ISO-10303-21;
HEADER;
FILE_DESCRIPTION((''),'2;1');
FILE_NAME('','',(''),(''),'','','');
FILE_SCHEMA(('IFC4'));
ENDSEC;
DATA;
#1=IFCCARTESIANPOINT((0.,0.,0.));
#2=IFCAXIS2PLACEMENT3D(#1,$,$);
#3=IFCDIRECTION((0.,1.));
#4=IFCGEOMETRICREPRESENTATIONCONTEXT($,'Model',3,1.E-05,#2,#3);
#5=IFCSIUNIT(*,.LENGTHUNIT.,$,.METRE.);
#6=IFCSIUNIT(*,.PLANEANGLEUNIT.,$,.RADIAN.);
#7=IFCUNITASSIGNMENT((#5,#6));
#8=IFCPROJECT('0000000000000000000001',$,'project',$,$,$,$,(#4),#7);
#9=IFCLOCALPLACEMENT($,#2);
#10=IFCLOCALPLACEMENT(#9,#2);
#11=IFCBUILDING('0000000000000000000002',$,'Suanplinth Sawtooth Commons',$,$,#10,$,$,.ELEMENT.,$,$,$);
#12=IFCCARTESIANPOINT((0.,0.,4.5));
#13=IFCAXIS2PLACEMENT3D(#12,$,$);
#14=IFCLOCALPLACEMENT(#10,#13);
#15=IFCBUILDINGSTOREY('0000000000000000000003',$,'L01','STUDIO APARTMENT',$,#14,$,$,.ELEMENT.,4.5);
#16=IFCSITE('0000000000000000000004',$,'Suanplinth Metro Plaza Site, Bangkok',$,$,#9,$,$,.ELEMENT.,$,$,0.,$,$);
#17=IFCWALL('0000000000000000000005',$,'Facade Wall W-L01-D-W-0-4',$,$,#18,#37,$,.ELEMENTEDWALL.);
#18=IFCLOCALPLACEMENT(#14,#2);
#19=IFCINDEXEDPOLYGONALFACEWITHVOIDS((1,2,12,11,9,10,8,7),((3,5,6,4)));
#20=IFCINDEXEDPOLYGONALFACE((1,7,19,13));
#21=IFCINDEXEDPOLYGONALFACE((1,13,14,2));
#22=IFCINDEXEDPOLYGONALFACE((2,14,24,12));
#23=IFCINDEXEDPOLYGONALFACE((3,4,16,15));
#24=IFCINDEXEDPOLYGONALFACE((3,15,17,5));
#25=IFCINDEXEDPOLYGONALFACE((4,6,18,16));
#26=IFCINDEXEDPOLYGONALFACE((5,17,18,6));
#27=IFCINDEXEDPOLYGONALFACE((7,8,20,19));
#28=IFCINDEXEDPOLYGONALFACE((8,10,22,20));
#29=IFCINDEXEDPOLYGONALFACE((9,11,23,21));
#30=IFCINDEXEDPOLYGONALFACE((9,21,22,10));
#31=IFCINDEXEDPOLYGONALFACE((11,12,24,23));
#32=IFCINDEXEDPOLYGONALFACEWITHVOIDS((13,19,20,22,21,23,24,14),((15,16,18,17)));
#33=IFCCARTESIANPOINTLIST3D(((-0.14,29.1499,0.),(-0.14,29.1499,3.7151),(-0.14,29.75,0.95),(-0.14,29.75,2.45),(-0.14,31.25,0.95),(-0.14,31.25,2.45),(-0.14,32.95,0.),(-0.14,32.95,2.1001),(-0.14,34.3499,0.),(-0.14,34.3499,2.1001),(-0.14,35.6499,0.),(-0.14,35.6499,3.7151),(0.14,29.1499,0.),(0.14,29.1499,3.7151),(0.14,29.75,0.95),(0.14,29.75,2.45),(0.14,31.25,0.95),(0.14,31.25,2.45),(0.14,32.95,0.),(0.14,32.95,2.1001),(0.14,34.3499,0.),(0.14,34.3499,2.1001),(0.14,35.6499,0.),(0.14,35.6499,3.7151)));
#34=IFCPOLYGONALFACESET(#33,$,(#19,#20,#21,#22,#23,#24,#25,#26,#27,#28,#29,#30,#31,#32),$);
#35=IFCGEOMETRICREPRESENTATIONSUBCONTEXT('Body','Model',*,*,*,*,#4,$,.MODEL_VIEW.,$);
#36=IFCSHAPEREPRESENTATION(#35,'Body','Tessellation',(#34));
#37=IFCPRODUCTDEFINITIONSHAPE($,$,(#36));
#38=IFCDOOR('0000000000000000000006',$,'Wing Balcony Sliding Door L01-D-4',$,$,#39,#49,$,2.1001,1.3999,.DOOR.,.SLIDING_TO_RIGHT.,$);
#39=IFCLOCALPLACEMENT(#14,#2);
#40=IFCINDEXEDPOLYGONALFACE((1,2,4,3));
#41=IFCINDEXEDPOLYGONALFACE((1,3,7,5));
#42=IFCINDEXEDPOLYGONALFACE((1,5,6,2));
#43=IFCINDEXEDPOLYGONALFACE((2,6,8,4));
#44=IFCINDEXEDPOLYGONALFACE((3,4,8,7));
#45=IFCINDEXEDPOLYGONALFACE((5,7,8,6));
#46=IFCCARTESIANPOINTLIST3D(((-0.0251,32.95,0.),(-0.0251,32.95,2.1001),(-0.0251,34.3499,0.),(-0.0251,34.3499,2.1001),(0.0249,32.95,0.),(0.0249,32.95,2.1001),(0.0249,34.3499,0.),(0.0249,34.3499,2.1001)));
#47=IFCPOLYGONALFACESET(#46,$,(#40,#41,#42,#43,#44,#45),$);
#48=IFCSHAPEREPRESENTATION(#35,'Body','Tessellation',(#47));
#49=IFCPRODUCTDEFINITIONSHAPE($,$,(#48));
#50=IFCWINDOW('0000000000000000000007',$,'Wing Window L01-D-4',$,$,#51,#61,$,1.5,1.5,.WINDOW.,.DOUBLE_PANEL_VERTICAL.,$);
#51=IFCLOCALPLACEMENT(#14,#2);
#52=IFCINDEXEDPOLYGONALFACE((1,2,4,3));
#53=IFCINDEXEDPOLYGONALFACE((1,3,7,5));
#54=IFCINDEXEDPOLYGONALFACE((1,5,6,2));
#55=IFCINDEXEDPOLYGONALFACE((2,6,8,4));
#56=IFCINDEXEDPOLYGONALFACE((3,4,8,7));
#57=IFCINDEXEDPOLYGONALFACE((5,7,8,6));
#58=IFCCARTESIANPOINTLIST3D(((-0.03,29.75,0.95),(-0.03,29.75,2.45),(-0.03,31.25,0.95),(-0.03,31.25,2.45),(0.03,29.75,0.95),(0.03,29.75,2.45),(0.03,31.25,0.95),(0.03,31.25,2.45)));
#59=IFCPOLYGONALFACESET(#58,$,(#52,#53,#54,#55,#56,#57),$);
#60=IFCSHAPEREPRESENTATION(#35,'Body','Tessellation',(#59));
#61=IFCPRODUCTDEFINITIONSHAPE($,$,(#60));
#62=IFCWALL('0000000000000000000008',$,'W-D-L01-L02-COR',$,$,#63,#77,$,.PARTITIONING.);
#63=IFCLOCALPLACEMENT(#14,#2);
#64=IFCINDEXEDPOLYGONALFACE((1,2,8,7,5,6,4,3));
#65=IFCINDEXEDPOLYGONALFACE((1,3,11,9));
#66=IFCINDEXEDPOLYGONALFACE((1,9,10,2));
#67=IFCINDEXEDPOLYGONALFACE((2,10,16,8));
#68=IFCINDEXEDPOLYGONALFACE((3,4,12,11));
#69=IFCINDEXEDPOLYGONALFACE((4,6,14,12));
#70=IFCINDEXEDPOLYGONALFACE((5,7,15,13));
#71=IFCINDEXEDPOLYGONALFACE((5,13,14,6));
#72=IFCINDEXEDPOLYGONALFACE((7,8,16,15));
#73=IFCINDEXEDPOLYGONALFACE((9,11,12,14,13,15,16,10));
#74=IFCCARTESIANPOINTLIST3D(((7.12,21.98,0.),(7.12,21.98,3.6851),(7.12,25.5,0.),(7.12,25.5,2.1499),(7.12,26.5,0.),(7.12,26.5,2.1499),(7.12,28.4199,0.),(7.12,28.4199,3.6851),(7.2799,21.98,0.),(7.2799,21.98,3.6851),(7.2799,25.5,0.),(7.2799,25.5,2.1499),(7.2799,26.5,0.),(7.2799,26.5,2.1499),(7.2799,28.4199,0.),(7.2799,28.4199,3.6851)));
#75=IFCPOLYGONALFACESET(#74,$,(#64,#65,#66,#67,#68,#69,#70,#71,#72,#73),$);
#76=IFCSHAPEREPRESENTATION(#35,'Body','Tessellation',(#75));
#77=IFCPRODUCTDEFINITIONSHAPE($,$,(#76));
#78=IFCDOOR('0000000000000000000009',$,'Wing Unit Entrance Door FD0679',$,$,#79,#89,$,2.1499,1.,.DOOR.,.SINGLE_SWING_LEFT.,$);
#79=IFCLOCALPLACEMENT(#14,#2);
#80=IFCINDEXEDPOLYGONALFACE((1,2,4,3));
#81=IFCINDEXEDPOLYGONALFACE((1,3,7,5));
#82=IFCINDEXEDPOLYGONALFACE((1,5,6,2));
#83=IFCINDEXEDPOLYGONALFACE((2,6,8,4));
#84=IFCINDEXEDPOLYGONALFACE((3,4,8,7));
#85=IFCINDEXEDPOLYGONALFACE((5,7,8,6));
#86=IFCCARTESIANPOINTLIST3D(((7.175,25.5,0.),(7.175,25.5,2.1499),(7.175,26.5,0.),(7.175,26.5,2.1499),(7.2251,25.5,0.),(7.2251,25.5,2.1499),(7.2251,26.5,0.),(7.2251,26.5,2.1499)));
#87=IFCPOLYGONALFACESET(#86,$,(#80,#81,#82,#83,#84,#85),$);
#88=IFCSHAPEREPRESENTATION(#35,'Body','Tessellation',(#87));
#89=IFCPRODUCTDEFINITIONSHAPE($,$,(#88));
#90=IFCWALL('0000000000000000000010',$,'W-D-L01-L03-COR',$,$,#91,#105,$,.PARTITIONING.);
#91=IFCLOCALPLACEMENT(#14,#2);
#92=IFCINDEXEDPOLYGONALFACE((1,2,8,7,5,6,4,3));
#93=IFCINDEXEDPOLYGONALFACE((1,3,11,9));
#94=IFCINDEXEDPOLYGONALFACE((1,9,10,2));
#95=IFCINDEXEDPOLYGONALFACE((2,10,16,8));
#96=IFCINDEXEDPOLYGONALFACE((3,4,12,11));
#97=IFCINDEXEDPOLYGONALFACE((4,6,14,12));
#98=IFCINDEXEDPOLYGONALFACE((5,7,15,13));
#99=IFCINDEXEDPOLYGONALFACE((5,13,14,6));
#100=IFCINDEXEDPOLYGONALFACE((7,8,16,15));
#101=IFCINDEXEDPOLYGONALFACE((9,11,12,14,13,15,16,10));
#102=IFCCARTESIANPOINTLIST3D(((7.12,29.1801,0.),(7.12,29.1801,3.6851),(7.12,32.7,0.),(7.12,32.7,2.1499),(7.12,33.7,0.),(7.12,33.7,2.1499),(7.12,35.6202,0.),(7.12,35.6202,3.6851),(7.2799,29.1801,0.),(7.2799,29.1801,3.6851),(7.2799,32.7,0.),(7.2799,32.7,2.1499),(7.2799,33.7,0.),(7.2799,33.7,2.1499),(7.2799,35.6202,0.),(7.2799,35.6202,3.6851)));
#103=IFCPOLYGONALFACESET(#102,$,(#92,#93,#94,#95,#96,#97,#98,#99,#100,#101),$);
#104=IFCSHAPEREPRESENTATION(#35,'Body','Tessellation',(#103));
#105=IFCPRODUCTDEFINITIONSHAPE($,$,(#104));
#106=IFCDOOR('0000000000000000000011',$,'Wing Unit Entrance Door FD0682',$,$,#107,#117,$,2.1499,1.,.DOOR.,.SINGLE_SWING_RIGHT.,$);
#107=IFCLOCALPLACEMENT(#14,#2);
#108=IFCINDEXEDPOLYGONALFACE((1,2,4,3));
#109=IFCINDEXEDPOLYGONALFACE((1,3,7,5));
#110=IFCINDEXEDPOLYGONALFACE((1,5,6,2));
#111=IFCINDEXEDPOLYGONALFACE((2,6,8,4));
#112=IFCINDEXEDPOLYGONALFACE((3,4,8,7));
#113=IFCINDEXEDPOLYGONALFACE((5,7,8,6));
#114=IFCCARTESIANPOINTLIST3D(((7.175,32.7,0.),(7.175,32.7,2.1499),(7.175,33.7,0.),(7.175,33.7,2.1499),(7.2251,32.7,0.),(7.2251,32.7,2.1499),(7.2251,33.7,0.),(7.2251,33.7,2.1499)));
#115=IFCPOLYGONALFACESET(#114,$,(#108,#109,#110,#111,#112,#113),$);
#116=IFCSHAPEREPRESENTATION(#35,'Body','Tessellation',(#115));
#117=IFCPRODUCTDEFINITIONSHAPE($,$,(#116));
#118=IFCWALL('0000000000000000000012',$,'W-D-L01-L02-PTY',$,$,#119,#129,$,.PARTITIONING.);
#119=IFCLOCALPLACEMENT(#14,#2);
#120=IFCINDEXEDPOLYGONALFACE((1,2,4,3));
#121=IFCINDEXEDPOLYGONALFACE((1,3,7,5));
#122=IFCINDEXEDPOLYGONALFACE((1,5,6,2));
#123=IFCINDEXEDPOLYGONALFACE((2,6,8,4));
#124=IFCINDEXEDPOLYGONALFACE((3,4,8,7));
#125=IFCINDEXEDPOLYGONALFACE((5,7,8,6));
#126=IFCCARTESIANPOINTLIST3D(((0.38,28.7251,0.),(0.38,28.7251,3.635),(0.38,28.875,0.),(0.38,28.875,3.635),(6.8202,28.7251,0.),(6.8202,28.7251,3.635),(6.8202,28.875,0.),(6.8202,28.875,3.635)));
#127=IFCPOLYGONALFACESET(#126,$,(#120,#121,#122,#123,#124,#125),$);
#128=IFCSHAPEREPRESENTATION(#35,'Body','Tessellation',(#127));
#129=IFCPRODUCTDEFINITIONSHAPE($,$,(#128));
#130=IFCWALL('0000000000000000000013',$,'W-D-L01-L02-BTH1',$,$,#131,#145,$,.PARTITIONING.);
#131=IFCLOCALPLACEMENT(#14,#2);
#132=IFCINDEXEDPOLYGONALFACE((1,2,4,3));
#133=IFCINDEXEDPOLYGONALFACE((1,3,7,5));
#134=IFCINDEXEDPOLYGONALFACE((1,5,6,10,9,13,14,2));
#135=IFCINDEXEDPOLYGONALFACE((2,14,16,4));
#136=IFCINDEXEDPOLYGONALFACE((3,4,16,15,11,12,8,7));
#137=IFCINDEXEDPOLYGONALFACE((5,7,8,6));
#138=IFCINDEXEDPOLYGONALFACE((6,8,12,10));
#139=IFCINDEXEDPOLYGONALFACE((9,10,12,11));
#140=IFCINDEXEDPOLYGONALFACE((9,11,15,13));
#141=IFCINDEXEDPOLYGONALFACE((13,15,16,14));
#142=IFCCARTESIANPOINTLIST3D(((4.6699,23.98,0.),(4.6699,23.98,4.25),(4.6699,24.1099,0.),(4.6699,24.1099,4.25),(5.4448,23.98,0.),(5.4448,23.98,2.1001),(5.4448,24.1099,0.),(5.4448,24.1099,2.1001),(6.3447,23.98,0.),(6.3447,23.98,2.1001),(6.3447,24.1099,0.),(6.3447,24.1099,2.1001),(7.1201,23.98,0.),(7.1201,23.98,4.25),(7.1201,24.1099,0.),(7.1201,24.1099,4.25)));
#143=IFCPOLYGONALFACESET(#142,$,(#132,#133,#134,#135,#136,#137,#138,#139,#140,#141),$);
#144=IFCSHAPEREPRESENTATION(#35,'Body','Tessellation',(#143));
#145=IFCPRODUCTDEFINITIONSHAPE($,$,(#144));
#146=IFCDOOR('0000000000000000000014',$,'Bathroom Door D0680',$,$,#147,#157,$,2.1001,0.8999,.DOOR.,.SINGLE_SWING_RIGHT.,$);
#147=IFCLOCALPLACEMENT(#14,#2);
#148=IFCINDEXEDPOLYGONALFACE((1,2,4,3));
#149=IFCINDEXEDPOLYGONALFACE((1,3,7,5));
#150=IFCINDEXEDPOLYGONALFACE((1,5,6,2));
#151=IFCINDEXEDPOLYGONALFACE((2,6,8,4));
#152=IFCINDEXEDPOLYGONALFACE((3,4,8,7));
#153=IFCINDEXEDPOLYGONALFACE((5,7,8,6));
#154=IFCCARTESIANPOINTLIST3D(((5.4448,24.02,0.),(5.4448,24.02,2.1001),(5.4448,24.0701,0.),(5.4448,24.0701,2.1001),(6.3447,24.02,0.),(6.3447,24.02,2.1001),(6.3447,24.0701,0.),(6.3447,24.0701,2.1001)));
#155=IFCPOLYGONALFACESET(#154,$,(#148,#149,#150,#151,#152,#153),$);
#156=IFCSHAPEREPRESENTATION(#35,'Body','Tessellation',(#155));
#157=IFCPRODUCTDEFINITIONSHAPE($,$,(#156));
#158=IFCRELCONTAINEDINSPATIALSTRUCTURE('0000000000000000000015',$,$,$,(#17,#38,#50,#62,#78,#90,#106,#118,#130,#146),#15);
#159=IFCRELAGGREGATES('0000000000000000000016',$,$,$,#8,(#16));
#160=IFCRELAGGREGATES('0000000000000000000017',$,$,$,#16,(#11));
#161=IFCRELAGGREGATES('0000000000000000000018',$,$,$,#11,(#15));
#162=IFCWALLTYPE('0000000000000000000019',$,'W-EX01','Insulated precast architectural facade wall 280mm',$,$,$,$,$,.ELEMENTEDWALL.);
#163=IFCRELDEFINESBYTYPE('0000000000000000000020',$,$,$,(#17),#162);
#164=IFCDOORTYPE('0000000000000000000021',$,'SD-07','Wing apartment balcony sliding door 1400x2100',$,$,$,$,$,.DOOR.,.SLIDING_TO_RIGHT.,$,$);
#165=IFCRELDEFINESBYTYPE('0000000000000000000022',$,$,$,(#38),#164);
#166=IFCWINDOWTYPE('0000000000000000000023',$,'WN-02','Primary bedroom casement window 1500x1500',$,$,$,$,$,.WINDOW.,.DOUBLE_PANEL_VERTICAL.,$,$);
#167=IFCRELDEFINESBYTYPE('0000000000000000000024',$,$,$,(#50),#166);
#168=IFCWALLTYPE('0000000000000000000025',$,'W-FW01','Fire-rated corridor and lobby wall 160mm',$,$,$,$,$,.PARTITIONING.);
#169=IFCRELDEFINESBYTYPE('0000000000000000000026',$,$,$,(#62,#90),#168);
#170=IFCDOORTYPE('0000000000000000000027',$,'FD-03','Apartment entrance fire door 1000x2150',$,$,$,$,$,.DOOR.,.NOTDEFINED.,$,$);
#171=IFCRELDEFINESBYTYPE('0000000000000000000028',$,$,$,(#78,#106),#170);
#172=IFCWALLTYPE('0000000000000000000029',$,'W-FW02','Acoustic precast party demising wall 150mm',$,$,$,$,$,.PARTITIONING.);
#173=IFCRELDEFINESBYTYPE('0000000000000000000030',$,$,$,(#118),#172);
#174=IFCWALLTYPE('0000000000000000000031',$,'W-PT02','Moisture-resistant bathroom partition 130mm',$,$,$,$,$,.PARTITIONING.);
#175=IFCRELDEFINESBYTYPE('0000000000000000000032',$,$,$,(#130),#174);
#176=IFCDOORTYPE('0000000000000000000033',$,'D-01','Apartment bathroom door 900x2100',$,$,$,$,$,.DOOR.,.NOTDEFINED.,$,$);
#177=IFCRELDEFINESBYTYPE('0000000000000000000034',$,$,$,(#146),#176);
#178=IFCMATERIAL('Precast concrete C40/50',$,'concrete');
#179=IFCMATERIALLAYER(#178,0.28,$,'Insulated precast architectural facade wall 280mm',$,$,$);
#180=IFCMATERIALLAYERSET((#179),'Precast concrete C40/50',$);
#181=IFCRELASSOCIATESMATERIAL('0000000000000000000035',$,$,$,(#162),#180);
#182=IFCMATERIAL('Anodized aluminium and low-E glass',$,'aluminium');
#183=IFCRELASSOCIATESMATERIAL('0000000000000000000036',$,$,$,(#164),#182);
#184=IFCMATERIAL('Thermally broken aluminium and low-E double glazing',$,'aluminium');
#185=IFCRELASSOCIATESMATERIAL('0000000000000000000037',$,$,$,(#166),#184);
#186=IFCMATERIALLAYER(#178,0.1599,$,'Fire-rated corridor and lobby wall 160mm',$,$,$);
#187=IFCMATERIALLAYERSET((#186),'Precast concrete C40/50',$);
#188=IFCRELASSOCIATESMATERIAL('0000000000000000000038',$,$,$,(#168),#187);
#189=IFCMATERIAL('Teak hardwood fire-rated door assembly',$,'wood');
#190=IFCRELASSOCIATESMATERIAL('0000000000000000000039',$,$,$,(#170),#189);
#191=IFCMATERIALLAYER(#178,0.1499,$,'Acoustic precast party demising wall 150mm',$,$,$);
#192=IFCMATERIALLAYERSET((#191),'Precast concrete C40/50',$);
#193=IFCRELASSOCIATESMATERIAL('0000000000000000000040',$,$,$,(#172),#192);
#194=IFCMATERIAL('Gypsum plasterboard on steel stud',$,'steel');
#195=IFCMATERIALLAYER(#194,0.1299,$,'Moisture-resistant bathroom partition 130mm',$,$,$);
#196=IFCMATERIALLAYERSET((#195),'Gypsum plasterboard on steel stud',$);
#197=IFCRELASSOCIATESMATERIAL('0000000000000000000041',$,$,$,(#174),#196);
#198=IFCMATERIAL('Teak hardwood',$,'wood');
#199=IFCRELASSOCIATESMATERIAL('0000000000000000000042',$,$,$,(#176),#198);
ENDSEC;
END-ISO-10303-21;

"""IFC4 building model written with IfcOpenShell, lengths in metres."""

from ifc_helpers import new_model, si_unit, direction, frame, frame_2d, origin, place, context, subcontext, project, spatial, rectangle, extrude, material, layer, layer_set, type_object, element, fill, save


model = new_model("IFC4")

# Units and contexts
model_context = context("Model", 3, precision=1e-05, world=origin(), true_north=direction((0.0, 1.0)))
body_context = subcontext(model_context, "Body", "Model", "MODEL_VIEW")
ifc_project = project(units=[si_unit("LENGTHUNIT", "METRE"), si_unit("PLANEANGLEUNIT", "RADIAN")], contexts=[model_context])

# Site, building, storey
site_placement = place(None, origin())
site = spatial("IfcSite", under=ifc_project, at=site_placement, Name="Suanplinth Metro Plaza Site, Bangkok", CompositionType="ELEMENT", RefElevation=0.0)
building_placement = place(site_placement, origin())
building = spatial("IfcBuilding", under=site, at=building_placement, Name="Suanplinth Sawtooth Commons", CompositionType="ELEMENT")
storey_placement = place(building_placement, frame((0.0, 0.0, 4.5)))
storey = spatial("IfcBuildingStorey", under=building, at=storey_placement, Name="L01", Description="STUDIO APARTMENT", CompositionType="ELEMENT", Elevation=4.5)

# Shared definitions
ifc_material_1 = material(Name="Precast concrete C40/50", Category="concrete")

# Wall, openings, door, window
ifc_layer_1 = layer(ifc_material_1, 0.28, Name="Insulated precast architectural facade wall 280mm")
ifc_layer_set_1 = layer_set([ifc_layer_1], Name="Precast concrete C40/50")
wall_type_1 = type_object("IfcWallType", Name="W-EX01", Description="Insulated precast architectural facade wall 280mm", PredefinedType="ELEMENTEDWALL", material=ifc_layer_set_1)
ifc_material_2 = material(Name="Anodized aluminium and low-E glass", Category="aluminium")
door_type_1 = type_object("IfcDoorType", Name="SD-07", Description="Wing apartment balcony sliding door 1400x2100", OperationType="SLIDING_TO_RIGHT", PredefinedType="DOOR", material=ifc_material_2)
ifc_material_3 = material(Name="Thermally broken aluminium and low-E double glazing", Category="aluminium")
window_type = type_object("IfcWindowType", Name="WN-02", Description="Primary bedroom casement window 1500x1500", PartitioningType="DOUBLE_PANEL_VERTICAL", PredefinedType="WINDOW", material=ifc_material_3)
wall_1_placement = place(storey_placement, frame((0.0, 29.1499, 0.0), z_axis=(0.0, 0.0, 1.0), x_axis=(0.0, 1.0, 0.0)))
wall_1 = element("IfcWall", 1, at=wall_1_placement, inside=storey, type_object=wall_type_1, Name="Facade Wall W-L01-D-W-0-4", PredefinedType="ELEMENTEDWALL", context=body_context, shape_type="SweptSolid", body=[
    extrude(rectangle(XDim=6.5, YDim=0.28, at=frame_2d((3.25, 0.0))), origin(), (0.0, 0.0, 1.0), 3.7151),
])
opening_1_placement = place(wall_1_placement, frame((3.8, 0.0, 0.0)))
opening_1 = element("IfcOpeningElement", 2, at=opening_1_placement, cuts=wall_1, PredefinedType="OPENING", context=body_context, shape_type="SweptSolid", body=[
    extrude(rectangle(XDim=1.3999, YDim=2.1001, at=frame_2d((0.7, 1.05))), frame((0.0, 0.1548, 0.0), z_axis=(0.0, -1.0, 0.0), x_axis=(1.0, 0.0, 0.0)), (0.0, 0.0, 1.0), 0.3098),
])
opening_2_placement = place(wall_1_placement, frame((0.6001, 0.0, 0.95)))
opening_2 = element("IfcOpeningElement", 3, at=opening_2_placement, cuts=wall_1, PredefinedType="OPENING", context=body_context, shape_type="SweptSolid", body=[
    extrude(rectangle(XDim=1.5, YDim=1.5, at=frame_2d((0.75, 0.75))), frame((0.0, 0.1548, 0.0), z_axis=(0.0, -1.0, 0.0), x_axis=(1.0, 0.0, 0.0)), (0.0, 0.0, 1.0), 0.3098),
])
door_1_placement = place(opening_1_placement, frame((1.3999, 0.0, 0.0), z_axis=(0.0, 0.0, 1.0), x_axis=(-1.0, 0.0, 0.0)))
door_1 = element("IfcDoor", 4, at=door_1_placement, inside=storey, type_object=door_type_1, Name="Wing Balcony Sliding Door L01-D-4", OperationType="SLIDING_TO_RIGHT", OverallHeight=2.1001, OverallWidth=1.3999, PredefinedType="DOOR", context=body_context, shape_type="SweptSolid", body=[
    extrude(rectangle(XDim=1.3999, YDim=2.1001, at=frame_2d((0.7, 1.05))), frame((0.0, 0.0249, 0.0), z_axis=(0.0, -1.0, 0.0), x_axis=(1.0, 0.0, 0.0)), (0.0, 0.0, 1.0), 0.05),
])
fill(opening_1, door_1)
window_1_placement = place(opening_2_placement, origin())
window_1 = element("IfcWindow", 5, at=window_1_placement, inside=storey, type_object=window_type, Name="Wing Window L01-D-4", OverallHeight=1.5, OverallWidth=1.5, PartitioningType="DOUBLE_PANEL_VERTICAL", PredefinedType="WINDOW", context=body_context, shape_type="SweptSolid", body=[
    extrude(rectangle(XDim=1.5, YDim=1.5, at=frame_2d((0.75, 0.75))), frame((0.0, 0.03, 0.0), z_axis=(0.0, -1.0, 0.0), x_axis=(1.0, 0.0, 0.0)), (0.0, 0.0, 1.0), 0.0601),
])
fill(opening_2, window_1)

# Walls, openings, doors
ifc_layer_2 = layer(ifc_material_1, 0.1599, Name="Fire-rated corridor and lobby wall 160mm")
ifc_layer_set_2 = layer_set([ifc_layer_2], Name="Precast concrete C40/50")
wall_type_2 = type_object("IfcWallType", Name="W-FW01", Description="Fire-rated corridor and lobby wall 160mm", PredefinedType="PARTITIONING", material=ifc_layer_set_2)
wall_2_placement = place(storey_placement, frame((7.2, 21.98, 0.0), z_axis=(0.0, 0.0, 1.0), x_axis=(0.0, 1.0, 0.0)))
wall_2 = element("IfcWall", 6, at=wall_2_placement, inside=storey, type_object=wall_type_2, Name="W-D-L01-L02-COR", PredefinedType="PARTITIONING", context=body_context, shape_type="SweptSolid", body=[
    extrude(rectangle(XDim=6.4399, YDim=0.1599, at=frame_2d((3.22, 0.0))), origin(), (0.0, 0.0, 1.0), 3.6851),
])
opening_3_placement = place(wall_2_placement, frame((3.52, 0.0, 0.0)))
opening_3 = element("IfcOpeningElement", 7, at=opening_3_placement, cuts=wall_2, PredefinedType="OPENING", context=body_context, shape_type="SweptSolid", body=[
    extrude(rectangle(XDim=1.0, YDim=2.1499, at=frame_2d((0.5, 1.075))), frame((0.0, 0.0947, 0.0), z_axis=(0.0, -1.0, 0.0), x_axis=(1.0, 0.0, 0.0)), (0.0, 0.0, 1.0), 0.1897),
])
ifc_material_4 = material(Name="Teak hardwood fire-rated door assembly", Category="wood")
door_type_2 = type_object("IfcDoorType", Name="FD-03", Description="Apartment entrance fire door 1000x2150", OperationType="NOTDEFINED", PredefinedType="DOOR", material=ifc_material_4)
door_2_placement = place(opening_3_placement, origin())
door_2 = element("IfcDoor", 8, at=door_2_placement, inside=storey, type_object=door_type_2, Name="Wing Unit Entrance Door FD0679", OperationType="SINGLE_SWING_LEFT", OverallHeight=2.1499, OverallWidth=1.0, PredefinedType="DOOR", context=body_context, shape_type="SweptSolid", body=[
    extrude(rectangle(XDim=1.0, YDim=2.1499, at=frame_2d((0.5, 1.075))), frame((0.0, 0.0249, 0.0), z_axis=(0.0, -1.0, 0.0), x_axis=(1.0, 0.0, 0.0)), (0.0, 0.0, 1.0), 0.05),
])
fill(opening_3, door_2)
wall_3_placement = place(storey_placement, frame((7.2, 29.1799, 0.0), z_axis=(0.0, 0.0, 1.0), x_axis=(0.0, 1.0, 0.0)))
wall_3 = element("IfcWall", 9, at=wall_3_placement, inside=storey, type_object=wall_type_2, Name="W-D-L01-L03-COR", PredefinedType="PARTITIONING", context=body_context, shape_type="SweptSolid", body=[
    extrude(rectangle(XDim=6.4402, YDim=0.1599, at=frame_2d((3.2202, 0.0))), origin(), (0.0, 0.0, 1.0), 3.6851),
])
opening_4_placement = place(wall_3_placement, frame((3.52, 0.0, 0.0)))
opening_4 = element("IfcOpeningElement", 10, at=opening_4_placement, cuts=wall_3, PredefinedType="OPENING", context=body_context, shape_type="SweptSolid", body=[
    extrude(rectangle(XDim=1.0, YDim=2.1499, at=frame_2d((0.5, 1.075))), frame((0.0, 0.0947, 0.0), z_axis=(0.0, -1.0, 0.0), x_axis=(1.0, 0.0, 0.0)), (0.0, 0.0, 1.0), 0.1897),
])
door_3_placement = place(opening_4_placement, origin())
door_3 = element("IfcDoor", 11, at=door_3_placement, inside=storey, type_object=door_type_2, Name="Wing Unit Entrance Door FD0682", OperationType="SINGLE_SWING_RIGHT", OverallHeight=2.1499, OverallWidth=1.0, PredefinedType="DOOR", context=body_context, shape_type="SweptSolid", body=[
    extrude(rectangle(XDim=1.0, YDim=2.1499, at=frame_2d((0.5, 1.075))), frame((0.0, 0.0249, 0.0), z_axis=(0.0, -1.0, 0.0), x_axis=(1.0, 0.0, 0.0)), (0.0, 0.0, 1.0), 0.05),
])
fill(opening_4, door_3)

# Wall
ifc_layer_3 = layer(ifc_material_1, 0.1499, Name="Acoustic precast party demising wall 150mm")
ifc_layer_set_3 = layer_set([ifc_layer_3], Name="Precast concrete C40/50")
wall_type_3 = type_object("IfcWallType", Name="W-FW02", Description="Acoustic precast party demising wall 150mm", PredefinedType="PARTITIONING", material=ifc_layer_set_3)
wall_4_placement = place(storey_placement, frame((0.3799, 28.8, 0.0), z_axis=(0.0, 0.0, 1.0), x_axis=(1.0, 0.0, 0.0)))
element("IfcWall", 12, at=wall_4_placement, inside=storey, type_object=wall_type_3, Name="W-D-L01-L02-PTY", PredefinedType="PARTITIONING", context=body_context, shape_type="SweptSolid", body=[
    extrude(rectangle(XDim=6.4402, YDim=0.1499, at=frame_2d((3.2202, 0.0))), origin(), (0.0, 0.0, 1.0), 3.635),
])

# Wall, opening, door
ifc_material_5 = material(Name="Gypsum plasterboard on steel stud", Category="steel")
ifc_layer_4 = layer(ifc_material_5, 0.1299, Name="Moisture-resistant bathroom partition 130mm")
ifc_layer_set_4 = layer_set([ifc_layer_4], Name="Gypsum plasterboard on steel stud")
wall_type_4 = type_object("IfcWallType", Name="W-PT02", Description="Moisture-resistant bathroom partition 130mm", PredefinedType="PARTITIONING", material=ifc_layer_set_4)
wall_5_placement = place(storey_placement, frame((4.6699, 24.0449, 0.0), z_axis=(0.0, 0.0, 1.0), x_axis=(1.0, 0.0, 0.0)))
wall_5 = element("IfcWall", 13, at=wall_5_placement, inside=storey, type_object=wall_type_4, Name="W-D-L01-L02-BTH1", PredefinedType="PARTITIONING", context=body_context, shape_type="SweptSolid", body=[
    extrude(rectangle(XDim=2.4502, YDim=0.1299, at=frame_2d((1.2251, 0.0))), origin(), (0.0, 0.0, 1.0), 4.25),
])
opening_5_placement = place(wall_5_placement, frame((0.7749, 0.0, 0.0)))
opening_5 = element("IfcOpeningElement", 14, at=opening_5_placement, cuts=wall_5, PredefinedType="OPENING", context=body_context, shape_type="SweptSolid", body=[
    extrude(rectangle(XDim=0.8999, YDim=2.1001, at=frame_2d((0.45, 1.05))), frame((0.0, 0.0798, 0.0), z_axis=(0.0, -1.0, 0.0), x_axis=(1.0, 0.0, 0.0)), (0.0, 0.0, 1.0), 0.1597),
])
ifc_material_6 = material(Name="Teak hardwood", Category="wood")
door_type_3 = type_object("IfcDoorType", Name="D-01", Description="Apartment bathroom door 900x2100", OperationType="NOTDEFINED", PredefinedType="DOOR", material=ifc_material_6)
door_4_placement = place(opening_5_placement, frame((0.8999, 0.0, 0.0), z_axis=(0.0, 0.0, 1.0), x_axis=(-1.0, 0.0, 0.0)))
door_4 = element("IfcDoor", 15, at=door_4_placement, inside=storey, type_object=door_type_3, Name="Bathroom Door D0680", OperationType="SINGLE_SWING_RIGHT", OverallHeight=2.1001, OverallWidth=0.8999, PredefinedType="DOOR", context=body_context, shape_type="SweptSolid", body=[
    extrude(rectangle(XDim=0.8999, YDim=2.1001, at=frame_2d((0.45, 1.05))), frame((0.0, 0.0249, 0.0), z_axis=(0.0, -1.0, 0.0), x_axis=(1.0, 0.0, 0.0)), (0.0, 0.0, 1.0), 0.05),
])
fill(opening_5, door_4)

save(model, "model.ifc")
